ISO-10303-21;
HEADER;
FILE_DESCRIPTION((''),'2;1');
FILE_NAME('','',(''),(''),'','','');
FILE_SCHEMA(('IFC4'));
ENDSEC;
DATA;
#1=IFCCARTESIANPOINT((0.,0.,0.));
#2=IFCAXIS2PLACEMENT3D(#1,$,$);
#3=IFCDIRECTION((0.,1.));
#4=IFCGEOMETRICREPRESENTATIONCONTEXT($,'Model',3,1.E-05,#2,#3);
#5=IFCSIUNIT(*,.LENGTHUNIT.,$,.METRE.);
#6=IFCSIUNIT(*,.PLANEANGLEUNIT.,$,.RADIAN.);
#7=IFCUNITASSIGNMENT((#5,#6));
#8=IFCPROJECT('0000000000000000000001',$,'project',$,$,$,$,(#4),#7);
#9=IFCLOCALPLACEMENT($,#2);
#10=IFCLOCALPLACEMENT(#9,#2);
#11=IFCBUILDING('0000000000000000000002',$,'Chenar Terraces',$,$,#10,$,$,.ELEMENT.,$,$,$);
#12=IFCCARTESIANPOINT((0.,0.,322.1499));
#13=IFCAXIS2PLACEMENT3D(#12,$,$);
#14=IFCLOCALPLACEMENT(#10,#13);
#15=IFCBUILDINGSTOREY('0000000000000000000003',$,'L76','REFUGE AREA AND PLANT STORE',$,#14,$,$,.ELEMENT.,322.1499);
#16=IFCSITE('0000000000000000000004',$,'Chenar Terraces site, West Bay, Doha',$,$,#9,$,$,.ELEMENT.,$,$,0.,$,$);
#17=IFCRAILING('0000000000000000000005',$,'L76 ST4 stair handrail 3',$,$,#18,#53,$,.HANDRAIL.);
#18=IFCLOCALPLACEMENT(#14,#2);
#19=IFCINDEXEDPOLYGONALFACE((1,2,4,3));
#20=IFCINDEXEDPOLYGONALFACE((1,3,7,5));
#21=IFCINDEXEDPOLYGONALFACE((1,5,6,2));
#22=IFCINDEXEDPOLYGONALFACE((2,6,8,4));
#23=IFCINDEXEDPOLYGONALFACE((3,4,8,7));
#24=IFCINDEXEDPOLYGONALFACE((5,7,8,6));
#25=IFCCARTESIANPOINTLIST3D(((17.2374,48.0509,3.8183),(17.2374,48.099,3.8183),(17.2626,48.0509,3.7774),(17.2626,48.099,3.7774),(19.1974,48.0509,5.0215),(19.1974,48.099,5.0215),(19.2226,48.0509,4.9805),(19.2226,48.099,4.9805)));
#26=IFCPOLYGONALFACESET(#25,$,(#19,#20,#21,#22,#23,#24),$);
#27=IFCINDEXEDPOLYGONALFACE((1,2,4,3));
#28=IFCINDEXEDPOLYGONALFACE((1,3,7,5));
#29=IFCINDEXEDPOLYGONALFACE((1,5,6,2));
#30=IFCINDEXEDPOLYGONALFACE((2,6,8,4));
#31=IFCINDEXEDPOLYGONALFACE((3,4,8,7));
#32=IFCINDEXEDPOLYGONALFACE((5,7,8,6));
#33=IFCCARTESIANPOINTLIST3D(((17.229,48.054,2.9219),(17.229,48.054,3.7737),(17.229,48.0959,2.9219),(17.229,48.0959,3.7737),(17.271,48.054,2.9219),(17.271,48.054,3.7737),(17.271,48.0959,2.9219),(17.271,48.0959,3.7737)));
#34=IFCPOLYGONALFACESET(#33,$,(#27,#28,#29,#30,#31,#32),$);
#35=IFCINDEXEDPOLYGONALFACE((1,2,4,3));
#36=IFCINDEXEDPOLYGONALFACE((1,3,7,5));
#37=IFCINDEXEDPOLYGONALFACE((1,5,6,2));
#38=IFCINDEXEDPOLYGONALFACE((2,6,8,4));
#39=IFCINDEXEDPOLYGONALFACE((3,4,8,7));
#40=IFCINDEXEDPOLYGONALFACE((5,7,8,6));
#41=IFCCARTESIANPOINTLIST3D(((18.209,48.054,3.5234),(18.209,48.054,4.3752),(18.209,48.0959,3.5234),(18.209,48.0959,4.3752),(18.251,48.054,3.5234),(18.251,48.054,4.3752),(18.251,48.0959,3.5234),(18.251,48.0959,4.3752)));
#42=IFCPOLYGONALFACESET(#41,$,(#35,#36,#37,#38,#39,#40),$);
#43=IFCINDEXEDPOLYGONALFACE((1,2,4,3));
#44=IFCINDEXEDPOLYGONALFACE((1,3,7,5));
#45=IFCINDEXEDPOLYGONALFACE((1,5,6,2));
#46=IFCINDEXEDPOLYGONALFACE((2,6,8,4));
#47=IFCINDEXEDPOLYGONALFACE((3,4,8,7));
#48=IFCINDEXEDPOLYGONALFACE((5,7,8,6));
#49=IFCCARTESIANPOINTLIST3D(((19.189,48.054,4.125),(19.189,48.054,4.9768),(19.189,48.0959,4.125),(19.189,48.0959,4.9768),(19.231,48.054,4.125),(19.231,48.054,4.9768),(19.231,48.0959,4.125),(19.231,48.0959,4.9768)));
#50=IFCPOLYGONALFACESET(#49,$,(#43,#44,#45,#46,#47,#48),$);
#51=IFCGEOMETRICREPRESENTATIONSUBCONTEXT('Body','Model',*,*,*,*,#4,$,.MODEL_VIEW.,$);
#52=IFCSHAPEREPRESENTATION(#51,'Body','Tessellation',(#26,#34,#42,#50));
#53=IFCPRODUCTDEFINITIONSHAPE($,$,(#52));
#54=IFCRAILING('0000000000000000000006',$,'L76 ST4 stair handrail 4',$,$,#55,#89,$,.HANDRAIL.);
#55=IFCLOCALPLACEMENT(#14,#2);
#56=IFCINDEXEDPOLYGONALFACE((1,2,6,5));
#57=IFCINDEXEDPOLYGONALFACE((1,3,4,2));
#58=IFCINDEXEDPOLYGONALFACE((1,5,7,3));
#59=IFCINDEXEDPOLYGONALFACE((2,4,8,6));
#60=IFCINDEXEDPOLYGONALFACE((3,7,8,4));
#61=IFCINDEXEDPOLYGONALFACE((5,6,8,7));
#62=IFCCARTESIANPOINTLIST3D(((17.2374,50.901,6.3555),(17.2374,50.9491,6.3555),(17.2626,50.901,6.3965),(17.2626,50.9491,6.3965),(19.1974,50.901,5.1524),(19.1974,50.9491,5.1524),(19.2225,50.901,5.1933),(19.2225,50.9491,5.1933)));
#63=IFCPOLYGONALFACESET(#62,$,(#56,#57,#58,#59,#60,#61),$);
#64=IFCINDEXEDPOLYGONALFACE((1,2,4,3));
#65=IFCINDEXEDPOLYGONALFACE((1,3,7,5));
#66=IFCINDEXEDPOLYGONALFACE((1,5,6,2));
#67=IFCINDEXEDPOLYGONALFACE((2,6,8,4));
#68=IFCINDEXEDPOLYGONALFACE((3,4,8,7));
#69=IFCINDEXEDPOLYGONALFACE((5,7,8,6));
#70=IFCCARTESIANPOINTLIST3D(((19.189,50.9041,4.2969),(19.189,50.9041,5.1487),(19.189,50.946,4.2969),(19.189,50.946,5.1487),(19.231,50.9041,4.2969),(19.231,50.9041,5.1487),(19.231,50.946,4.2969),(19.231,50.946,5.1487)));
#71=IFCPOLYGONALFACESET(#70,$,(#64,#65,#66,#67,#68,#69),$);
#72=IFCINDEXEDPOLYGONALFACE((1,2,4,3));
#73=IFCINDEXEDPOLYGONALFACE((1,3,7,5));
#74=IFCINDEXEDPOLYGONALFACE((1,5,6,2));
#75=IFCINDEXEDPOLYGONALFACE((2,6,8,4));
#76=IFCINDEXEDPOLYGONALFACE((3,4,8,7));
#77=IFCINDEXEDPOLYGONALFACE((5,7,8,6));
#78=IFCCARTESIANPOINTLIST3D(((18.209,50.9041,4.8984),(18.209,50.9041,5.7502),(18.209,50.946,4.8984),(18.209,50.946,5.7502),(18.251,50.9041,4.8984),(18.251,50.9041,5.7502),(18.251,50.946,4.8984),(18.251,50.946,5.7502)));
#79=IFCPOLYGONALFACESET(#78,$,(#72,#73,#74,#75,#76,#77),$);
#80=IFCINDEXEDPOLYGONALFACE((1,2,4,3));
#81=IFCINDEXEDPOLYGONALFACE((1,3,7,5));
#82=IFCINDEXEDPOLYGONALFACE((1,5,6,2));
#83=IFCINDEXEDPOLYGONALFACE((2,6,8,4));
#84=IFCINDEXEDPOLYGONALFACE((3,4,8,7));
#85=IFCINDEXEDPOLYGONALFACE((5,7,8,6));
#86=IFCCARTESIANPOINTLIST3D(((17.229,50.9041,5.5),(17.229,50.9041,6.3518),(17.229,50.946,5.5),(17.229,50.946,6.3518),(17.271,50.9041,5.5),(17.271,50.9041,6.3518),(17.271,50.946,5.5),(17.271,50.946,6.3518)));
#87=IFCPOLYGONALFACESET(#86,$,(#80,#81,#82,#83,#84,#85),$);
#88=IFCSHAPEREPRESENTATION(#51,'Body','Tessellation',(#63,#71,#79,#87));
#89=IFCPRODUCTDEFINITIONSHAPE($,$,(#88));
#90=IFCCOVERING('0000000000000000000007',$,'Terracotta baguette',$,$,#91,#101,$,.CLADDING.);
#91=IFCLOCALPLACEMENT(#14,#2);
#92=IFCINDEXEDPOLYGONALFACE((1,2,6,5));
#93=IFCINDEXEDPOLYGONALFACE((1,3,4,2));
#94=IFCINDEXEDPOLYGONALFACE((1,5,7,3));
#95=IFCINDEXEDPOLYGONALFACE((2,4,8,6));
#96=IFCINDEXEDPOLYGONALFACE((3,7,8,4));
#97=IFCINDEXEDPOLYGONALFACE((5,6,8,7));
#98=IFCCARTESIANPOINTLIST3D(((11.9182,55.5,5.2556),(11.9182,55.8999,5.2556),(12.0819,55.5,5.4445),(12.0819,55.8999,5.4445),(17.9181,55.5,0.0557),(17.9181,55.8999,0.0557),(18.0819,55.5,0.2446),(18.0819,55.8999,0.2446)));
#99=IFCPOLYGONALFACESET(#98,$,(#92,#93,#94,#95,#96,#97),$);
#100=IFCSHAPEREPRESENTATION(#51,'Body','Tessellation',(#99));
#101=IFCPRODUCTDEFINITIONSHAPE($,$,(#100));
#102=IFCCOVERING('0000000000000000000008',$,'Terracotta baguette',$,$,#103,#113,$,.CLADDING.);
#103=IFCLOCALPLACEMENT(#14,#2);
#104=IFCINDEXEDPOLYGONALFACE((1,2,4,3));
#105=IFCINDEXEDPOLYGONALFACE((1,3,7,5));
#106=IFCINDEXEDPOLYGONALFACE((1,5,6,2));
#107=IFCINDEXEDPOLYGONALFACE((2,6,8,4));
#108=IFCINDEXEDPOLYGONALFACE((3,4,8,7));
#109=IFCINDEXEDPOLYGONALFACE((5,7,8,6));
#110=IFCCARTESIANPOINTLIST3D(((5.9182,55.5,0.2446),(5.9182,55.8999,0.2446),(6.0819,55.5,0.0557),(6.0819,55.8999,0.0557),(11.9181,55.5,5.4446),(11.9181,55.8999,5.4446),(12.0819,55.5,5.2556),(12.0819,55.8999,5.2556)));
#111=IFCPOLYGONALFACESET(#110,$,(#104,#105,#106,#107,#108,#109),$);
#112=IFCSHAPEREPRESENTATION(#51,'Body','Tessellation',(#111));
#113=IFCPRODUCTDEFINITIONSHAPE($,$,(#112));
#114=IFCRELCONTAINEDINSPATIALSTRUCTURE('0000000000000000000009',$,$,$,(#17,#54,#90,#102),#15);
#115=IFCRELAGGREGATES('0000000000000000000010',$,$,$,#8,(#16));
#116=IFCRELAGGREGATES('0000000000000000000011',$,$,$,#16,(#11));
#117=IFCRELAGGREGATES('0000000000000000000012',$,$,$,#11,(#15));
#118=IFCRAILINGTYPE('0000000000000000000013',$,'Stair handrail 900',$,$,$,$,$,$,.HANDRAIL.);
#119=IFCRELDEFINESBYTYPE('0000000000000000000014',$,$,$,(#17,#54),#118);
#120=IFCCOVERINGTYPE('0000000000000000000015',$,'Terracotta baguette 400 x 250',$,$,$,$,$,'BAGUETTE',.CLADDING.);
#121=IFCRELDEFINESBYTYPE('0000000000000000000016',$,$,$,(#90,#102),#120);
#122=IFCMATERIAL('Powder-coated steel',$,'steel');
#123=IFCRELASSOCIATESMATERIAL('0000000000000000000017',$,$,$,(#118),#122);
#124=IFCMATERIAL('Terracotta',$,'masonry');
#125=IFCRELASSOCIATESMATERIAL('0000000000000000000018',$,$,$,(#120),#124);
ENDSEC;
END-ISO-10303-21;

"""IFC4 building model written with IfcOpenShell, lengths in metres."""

from ifc_helpers import new_model, si_unit, direction, frame, origin, origin_2d, place, context, subcontext, project, spatial, rectangle, extrude, material, material_profile, profile_set, type_object, element, save


model = new_model("IFC4")

# Units and contexts
model_context = context("Model", 3, precision=1e-05, world=origin(), true_north=direction((0.0, 1.0)))
body_context = subcontext(model_context, "Body", "Model", "MODEL_VIEW")
ifc_project = project(units=[si_unit("LENGTHUNIT", "METRE"), si_unit("PLANEANGLEUNIT", "RADIAN")], contexts=[model_context])

# Site, building, storey
site_placement = place(None, origin())
site = spatial("IfcSite", under=ifc_project, at=site_placement, Name="Chenar Terraces site, West Bay, Doha", CompositionType="ELEMENT", RefElevation=0.0)
building_placement = place(site_placement, origin())
building = spatial("IfcBuilding", under=site, at=building_placement, Name="Chenar Terraces", CompositionType="ELEMENT")
storey_placement = place(building_placement, frame((0.0, 0.0, 322.1499)))
storey = spatial("IfcBuildingStorey", under=building, at=storey_placement, Name="L76", Description="REFUGE AREA AND PLANT STORE", CompositionType="ELEMENT", Elevation=322.1499)

# Railings
ifc_material_1 = material(Name="Powder-coated steel", Category="steel")
railing_type_1 = type_object("IfcRailingType", Name="Stair handrail 900", PredefinedType="HANDRAIL", material=ifc_material_1)
railing_1_placement = place(storey_placement, frame((17.25, 48.075, 2.9219)))
element("IfcRailing", 1, at=railing_1_placement, inside=storey, type_object=railing_type_1, Name="L76 ST4 stair handrail 3", PredefinedType="HANDRAIL", context=body_context, shape_type="SweptSolid", body=[
    extrude(rectangle(XDim=0.0481, YDim=0.0481, at=origin_2d()), frame((0.0, 0.0, 0.876), z_axis=(0.852241, 0.0, 0.523149), x_axis=(0.0, 1.0, 0.0)), (0.0, 0.0, 1.0), 2.2998),
    extrude(rectangle(XDim=0.042, YDim=0.042, at=origin_2d()), origin(), (0.0, 0.0, 1.0), 0.8518),
    extrude(rectangle(XDim=0.042, YDim=0.042, at=origin_2d()), frame((0.98, 0.0, 0.6016)), (0.0, 0.0, 1.0), 0.8518),
    extrude(rectangle(XDim=0.042, YDim=0.042, at=origin_2d()), frame((1.96, 0.0, 1.2031)), (0.0, 0.0, 1.0), 0.8518),
])
railing_2_placement = place(storey_placement, frame((19.21, 50.925, 4.2969)))
element("IfcRailing", 2, at=railing_2_placement, inside=storey, type_object=railing_type_1, Name="L76 ST4 stair handrail 4", PredefinedType="HANDRAIL", context=body_context, shape_type="SweptSolid", body=[
    extrude(rectangle(XDim=0.0481, YDim=0.0481, at=origin_2d()), frame((0.0, 0.0, 0.876), z_axis=(-0.852241, 0.0, 0.523149), x_axis=(0.0, -1.0, 0.0)), (0.0, 0.0, 1.0), 2.2998),
    extrude(rectangle(XDim=0.042, YDim=0.042, at=origin_2d()), origin(), (0.0, 0.0, 1.0), 0.8518),
    extrude(rectangle(XDim=0.042, YDim=0.042, at=origin_2d()), frame((-0.98, 0.0, 0.6016)), (0.0, 0.0, 1.0), 0.8518),
    extrude(rectangle(XDim=0.042, YDim=0.042, at=origin_2d()), frame((-1.96, 0.0, 1.2031)), (0.0, 0.0, 1.0), 0.8518),
])

# Coverings
ifc_material_2 = material(Name="Terracotta", Category="masonry")
ifc_material_profile_1 = material_profile(ifc_material_2, rectangle(XDim=0.3999, YDim=0.25, at=origin_2d()), Name="Terracotta baguette 400 x 250")
ifc_profile_set_1 = profile_set([ifc_material_profile_1], Name="Terracotta")
covering_type = type_object("IfcCoveringType", Name="Terracotta baguette 400 x 250", ElementType="BAGUETTE", PredefinedType="CLADDING", material=ifc_profile_set_1)
for number, where, z_axis, x_axis, name in (
    (3, (18.0, 55.7, 0.1501), (-0.755692, 0.0, 0.654927), (0.0, -1.0, 0.0), "Terracotta baguette"),
    (4, (12.0, 55.7, 5.3501), (-0.755692, 0.0, -0.654927), (0.0, -1.0, 0.0), "Terracotta baguette"),
):
    element("IfcCovering", number, at=place(storey_placement, frame(where, z_axis=z_axis, x_axis=x_axis)), inside=storey, type_object=covering_type, Name=name, PredefinedType="CLADDING", context=body_context, shape_type="SweptSolid", body=[
        extrude(rectangle(XDim=0.3999, YDim=0.25, at=origin_2d()), origin(), (0.0, 0.0, 1.0), 7.9397),
    ])

save(model, "model.ifc")
